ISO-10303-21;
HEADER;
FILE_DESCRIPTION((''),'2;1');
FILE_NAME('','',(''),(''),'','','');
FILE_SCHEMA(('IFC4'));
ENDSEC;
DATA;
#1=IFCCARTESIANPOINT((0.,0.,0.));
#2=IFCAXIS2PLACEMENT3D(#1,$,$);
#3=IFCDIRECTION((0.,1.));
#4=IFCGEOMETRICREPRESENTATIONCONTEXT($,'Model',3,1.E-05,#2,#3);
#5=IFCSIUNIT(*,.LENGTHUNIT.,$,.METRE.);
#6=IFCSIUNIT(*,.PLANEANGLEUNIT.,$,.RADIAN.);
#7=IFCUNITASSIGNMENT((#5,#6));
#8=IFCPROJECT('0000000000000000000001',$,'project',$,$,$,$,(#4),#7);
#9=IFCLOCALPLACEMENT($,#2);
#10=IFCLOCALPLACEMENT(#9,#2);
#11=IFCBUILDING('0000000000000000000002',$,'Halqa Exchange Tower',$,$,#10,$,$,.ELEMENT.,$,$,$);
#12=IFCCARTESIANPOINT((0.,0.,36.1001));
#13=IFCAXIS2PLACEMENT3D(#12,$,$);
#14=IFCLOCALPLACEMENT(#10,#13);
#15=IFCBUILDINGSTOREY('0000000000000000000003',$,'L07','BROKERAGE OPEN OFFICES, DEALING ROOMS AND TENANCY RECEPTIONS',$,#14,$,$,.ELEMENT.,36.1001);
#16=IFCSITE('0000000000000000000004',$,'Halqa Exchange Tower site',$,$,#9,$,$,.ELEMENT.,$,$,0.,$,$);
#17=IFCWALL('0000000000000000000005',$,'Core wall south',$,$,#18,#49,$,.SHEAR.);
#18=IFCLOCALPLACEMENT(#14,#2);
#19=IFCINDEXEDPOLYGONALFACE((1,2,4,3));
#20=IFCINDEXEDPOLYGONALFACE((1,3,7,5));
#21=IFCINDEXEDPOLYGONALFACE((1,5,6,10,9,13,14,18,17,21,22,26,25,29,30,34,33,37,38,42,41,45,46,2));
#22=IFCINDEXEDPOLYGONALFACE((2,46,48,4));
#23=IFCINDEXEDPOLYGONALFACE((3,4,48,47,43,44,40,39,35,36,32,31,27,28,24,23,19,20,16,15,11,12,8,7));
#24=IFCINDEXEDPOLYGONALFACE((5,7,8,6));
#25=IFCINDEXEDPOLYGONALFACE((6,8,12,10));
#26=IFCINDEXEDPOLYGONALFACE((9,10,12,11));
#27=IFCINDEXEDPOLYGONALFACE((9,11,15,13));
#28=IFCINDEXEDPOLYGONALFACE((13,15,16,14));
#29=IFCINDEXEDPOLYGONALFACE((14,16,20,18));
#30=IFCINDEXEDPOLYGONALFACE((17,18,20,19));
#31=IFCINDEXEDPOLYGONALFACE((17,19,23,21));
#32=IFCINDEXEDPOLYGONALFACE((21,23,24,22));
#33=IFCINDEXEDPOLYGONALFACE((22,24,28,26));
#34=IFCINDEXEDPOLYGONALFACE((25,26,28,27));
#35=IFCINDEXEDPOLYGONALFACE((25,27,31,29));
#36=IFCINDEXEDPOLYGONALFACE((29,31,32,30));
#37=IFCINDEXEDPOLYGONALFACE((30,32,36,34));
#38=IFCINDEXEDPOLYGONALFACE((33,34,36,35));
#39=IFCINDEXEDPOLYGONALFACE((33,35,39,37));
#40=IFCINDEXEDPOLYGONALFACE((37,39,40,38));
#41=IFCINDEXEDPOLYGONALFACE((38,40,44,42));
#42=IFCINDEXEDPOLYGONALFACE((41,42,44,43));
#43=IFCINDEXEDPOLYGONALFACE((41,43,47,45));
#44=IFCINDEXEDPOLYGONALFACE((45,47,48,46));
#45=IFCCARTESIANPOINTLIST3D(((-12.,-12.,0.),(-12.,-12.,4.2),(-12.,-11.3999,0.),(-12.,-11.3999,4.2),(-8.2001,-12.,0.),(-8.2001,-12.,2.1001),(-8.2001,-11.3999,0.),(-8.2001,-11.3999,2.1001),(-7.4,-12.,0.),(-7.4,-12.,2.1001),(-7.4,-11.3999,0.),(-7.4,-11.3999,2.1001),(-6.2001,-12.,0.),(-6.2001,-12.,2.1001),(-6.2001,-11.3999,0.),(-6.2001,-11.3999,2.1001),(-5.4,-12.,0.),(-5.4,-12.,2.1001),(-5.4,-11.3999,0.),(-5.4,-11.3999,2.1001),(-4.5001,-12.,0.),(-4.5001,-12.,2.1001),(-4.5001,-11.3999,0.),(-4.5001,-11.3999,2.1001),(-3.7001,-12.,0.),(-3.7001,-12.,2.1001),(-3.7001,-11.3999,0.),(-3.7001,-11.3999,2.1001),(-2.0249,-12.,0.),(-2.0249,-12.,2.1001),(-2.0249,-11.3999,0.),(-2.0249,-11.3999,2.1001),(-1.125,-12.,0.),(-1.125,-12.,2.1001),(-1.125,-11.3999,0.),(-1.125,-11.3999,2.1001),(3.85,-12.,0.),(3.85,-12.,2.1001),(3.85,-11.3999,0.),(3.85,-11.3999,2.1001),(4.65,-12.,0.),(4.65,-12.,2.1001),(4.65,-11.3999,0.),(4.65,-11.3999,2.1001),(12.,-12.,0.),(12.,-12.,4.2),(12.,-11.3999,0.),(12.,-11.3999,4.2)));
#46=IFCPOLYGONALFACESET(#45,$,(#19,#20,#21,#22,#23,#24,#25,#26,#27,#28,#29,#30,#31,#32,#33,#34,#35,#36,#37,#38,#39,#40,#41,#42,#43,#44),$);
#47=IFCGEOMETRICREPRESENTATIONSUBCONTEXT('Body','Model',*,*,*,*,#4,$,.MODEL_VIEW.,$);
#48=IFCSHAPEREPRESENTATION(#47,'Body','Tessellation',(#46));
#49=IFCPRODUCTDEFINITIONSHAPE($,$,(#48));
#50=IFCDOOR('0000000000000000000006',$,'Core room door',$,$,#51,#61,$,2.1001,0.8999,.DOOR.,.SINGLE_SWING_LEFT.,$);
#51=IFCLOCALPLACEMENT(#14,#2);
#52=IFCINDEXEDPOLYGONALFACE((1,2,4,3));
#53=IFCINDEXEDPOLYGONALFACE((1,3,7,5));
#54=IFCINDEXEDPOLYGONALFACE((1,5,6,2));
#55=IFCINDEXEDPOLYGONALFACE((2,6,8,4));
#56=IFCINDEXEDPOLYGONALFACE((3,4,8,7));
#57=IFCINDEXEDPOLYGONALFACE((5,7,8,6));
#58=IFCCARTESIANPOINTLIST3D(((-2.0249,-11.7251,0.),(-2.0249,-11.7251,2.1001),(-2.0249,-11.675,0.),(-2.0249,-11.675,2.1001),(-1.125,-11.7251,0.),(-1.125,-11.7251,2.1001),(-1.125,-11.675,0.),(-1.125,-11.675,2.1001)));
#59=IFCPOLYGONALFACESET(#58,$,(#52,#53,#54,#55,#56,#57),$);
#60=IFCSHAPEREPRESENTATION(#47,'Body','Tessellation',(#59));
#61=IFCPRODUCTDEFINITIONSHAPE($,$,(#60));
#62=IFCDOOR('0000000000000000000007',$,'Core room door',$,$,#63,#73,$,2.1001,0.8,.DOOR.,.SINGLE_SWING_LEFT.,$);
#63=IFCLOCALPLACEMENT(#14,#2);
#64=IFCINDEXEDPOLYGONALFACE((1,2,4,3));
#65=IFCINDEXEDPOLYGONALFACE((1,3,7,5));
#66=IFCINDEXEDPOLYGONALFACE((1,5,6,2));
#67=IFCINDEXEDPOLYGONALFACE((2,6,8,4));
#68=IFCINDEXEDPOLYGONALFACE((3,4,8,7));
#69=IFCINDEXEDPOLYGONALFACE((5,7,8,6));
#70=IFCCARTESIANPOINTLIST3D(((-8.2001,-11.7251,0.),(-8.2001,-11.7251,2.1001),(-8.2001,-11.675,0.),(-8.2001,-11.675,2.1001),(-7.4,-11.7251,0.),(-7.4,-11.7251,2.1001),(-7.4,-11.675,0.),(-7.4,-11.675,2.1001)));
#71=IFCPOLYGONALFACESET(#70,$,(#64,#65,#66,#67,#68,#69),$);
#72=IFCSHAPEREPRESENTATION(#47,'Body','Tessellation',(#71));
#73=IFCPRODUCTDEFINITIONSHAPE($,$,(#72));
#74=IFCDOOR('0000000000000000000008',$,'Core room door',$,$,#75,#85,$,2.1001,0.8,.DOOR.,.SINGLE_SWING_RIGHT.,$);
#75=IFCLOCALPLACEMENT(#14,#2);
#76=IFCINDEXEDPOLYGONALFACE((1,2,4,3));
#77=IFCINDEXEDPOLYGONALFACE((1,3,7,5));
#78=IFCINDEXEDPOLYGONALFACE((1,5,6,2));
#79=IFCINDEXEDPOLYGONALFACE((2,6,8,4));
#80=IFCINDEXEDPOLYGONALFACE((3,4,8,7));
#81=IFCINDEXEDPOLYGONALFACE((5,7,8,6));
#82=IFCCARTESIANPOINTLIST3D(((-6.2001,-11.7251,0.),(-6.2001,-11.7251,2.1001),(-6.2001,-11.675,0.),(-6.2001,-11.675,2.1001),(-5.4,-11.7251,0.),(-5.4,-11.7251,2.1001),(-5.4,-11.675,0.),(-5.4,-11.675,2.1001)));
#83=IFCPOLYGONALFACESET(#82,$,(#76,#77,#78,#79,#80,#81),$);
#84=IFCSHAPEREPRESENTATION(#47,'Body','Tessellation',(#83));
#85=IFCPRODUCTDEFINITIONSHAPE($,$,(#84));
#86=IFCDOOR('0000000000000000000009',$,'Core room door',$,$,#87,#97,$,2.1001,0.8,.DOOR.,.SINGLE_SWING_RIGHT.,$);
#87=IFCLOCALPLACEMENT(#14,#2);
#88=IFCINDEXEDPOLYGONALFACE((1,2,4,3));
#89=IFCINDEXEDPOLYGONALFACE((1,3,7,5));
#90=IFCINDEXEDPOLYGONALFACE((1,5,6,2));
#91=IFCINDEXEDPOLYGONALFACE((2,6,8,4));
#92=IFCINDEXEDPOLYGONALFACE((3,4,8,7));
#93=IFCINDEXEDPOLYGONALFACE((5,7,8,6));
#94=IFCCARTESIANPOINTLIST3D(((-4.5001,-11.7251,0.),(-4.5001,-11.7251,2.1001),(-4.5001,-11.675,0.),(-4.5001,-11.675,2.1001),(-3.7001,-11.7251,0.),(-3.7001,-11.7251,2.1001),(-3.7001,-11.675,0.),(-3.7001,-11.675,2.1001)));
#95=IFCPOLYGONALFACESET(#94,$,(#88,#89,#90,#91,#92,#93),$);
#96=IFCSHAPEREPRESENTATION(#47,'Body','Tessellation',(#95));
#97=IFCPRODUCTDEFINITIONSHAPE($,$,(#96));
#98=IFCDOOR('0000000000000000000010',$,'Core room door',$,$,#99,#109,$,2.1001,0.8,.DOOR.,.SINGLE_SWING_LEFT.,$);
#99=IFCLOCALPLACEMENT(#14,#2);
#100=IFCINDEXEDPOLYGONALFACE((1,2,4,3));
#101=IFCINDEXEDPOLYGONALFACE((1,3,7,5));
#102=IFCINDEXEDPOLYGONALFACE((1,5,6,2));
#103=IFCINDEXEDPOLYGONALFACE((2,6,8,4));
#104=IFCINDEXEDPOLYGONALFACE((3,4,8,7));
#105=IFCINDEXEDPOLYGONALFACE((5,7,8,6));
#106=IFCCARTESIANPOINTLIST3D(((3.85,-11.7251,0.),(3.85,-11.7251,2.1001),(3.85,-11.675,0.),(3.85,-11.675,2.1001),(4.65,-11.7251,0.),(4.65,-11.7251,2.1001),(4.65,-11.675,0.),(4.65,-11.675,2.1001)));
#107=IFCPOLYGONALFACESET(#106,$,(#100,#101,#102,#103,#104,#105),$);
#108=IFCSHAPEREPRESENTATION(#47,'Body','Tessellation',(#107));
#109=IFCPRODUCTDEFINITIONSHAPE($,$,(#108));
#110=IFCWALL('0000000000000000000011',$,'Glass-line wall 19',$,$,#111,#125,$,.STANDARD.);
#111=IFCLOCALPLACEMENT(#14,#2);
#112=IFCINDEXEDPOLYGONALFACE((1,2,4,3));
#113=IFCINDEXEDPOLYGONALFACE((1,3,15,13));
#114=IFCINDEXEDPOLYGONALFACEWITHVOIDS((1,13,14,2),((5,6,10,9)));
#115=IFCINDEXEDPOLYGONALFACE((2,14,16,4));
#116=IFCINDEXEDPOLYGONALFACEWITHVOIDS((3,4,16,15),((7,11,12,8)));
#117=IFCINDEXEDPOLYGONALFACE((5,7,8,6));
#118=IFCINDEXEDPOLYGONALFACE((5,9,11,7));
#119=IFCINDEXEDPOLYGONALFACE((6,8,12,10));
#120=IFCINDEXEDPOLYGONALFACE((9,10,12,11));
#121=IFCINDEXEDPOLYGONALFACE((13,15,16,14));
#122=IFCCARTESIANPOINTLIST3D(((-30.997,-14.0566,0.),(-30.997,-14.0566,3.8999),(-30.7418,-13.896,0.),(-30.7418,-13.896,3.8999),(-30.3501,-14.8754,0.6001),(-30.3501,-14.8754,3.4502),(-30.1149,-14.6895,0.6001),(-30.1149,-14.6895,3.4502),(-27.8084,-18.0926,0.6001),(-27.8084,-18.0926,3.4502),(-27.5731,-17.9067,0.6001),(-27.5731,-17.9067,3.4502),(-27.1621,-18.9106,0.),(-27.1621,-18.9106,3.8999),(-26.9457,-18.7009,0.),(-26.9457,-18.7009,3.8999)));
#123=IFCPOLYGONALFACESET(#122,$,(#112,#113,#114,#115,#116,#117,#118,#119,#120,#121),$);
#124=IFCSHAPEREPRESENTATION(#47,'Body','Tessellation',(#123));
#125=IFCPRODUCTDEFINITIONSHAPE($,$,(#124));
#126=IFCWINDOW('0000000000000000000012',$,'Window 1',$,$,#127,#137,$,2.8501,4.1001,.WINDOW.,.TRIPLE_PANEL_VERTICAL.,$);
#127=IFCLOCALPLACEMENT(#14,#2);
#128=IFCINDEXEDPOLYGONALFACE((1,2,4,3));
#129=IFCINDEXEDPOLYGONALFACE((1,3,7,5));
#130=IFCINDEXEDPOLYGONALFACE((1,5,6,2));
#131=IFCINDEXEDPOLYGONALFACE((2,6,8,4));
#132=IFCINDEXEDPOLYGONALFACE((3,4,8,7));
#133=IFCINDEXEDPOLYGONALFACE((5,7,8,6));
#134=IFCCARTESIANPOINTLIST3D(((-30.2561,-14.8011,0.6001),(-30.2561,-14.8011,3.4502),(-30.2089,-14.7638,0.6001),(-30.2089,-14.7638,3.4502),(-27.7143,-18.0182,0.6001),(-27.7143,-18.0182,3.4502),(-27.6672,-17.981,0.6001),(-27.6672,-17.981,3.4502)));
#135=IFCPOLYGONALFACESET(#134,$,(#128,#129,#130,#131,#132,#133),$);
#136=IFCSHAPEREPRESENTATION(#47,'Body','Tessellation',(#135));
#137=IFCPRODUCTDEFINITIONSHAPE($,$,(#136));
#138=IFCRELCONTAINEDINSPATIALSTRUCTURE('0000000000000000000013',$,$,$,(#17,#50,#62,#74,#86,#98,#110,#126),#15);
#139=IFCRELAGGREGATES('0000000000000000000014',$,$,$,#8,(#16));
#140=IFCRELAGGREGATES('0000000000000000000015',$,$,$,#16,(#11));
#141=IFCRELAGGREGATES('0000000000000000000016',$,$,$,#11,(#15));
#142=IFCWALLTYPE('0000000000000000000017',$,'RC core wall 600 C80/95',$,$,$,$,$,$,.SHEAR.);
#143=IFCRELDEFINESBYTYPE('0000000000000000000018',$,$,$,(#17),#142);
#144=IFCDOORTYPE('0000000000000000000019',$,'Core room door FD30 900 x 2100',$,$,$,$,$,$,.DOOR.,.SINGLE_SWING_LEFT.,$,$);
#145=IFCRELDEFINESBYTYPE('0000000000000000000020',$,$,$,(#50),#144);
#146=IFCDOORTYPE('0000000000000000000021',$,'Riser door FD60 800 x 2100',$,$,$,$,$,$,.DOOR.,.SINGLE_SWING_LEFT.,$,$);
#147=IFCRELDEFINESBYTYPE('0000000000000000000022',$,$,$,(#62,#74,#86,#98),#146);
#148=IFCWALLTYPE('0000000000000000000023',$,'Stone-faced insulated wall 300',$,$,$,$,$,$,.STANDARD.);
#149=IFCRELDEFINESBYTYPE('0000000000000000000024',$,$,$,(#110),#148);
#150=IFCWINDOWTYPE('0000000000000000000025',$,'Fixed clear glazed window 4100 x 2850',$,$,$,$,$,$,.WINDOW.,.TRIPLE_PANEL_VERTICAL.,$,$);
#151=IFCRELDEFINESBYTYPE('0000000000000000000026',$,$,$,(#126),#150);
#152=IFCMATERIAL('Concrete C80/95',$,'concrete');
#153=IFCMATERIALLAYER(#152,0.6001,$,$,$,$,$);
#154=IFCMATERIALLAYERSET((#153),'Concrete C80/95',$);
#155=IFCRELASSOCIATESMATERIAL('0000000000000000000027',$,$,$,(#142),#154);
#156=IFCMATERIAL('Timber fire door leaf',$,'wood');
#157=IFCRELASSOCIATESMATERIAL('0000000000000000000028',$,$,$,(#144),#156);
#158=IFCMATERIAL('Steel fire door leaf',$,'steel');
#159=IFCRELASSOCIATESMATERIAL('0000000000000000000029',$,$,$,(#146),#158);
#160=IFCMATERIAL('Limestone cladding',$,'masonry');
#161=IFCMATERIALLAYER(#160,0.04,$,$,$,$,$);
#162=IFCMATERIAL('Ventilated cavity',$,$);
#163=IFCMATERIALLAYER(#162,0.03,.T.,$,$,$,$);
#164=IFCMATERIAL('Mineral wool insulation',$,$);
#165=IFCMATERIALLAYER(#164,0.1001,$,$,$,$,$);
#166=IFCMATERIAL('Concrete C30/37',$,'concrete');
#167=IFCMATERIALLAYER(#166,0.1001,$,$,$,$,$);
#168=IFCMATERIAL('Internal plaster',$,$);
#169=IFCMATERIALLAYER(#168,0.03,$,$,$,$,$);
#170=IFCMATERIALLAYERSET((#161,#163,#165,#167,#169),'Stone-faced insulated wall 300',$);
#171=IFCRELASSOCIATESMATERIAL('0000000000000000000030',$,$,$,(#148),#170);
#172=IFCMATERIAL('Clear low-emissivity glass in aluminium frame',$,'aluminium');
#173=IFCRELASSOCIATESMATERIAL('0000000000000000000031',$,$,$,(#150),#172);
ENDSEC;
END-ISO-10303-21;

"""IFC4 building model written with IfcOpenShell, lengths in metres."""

from ifc_helpers import new_model, si_unit, direction, frame, frame_2d, origin, place, context, subcontext, project, spatial, polyline, rectangle, outline, extrude, material, layer, layer_set, type_object, element, fill, save


model = new_model("IFC4")

# Units and contexts
model_context = context("Model", 3, precision=1e-05, world=origin(), true_north=direction((0.0, 1.0)))
body_context = subcontext(model_context, "Body", "Model", "MODEL_VIEW")
ifc_project = project(units=[si_unit("LENGTHUNIT", "METRE"), si_unit("PLANEANGLEUNIT", "RADIAN")], contexts=[model_context])

# Site, building, storey
site_placement = place(None, origin())
site = spatial("IfcSite", under=ifc_project, at=site_placement, Name="Halqa Exchange Tower site", CompositionType="ELEMENT", RefElevation=0.0)
building_placement = place(site_placement, origin())
building = spatial("IfcBuilding", under=site, at=building_placement, Name="Halqa Exchange Tower", CompositionType="ELEMENT")
storey_placement = place(building_placement, frame((0.0, 0.0, 36.1001)))
storey = spatial("IfcBuildingStorey", under=building, at=storey_placement, Name="L07", Description="BROKERAGE OPEN OFFICES, DEALING ROOMS AND TENANCY RECEPTIONS", CompositionType="ELEMENT", Elevation=36.1001)

# Wall, openings, doors
ifc_material_1 = material(Name="Steel fire door leaf", Category="steel")
ifc_material_2 = material(Name="Concrete C80/95", Category="concrete")
ifc_layer_1 = layer(ifc_material_2, 0.6001)
ifc_layer_set_1 = layer_set([ifc_layer_1], Name="Concrete C80/95")
wall_type_1 = type_object("IfcWallType", Name="RC core wall 600 C80/95", PredefinedType="SHEAR", material=ifc_layer_set_1)
wall_1_placement = place(storey_placement, frame((-12.0, -11.7, 0.0), z_axis=(0.0, 0.0, 1.0), x_axis=(1.0, 0.0, 0.0)))
wall_1 = element("IfcWall", 1, at=wall_1_placement, inside=storey, type_object=wall_type_1, Name="Core wall south", PredefinedType="SHEAR", context=body_context, shape_type="SweptSolid", body=[
    extrude(rectangle(XDim=24.0, YDim=0.6001, at=frame_2d((12.0, 0.0))), origin(), (0.0, 0.0, 1.0), 4.2),
])
opening_1_placement = place(wall_1_placement, frame((9.9751, 0.0, 0.0)))
opening_1 = element("IfcOpeningElement", 2, at=opening_1_placement, cuts=wall_1, PredefinedType="OPENING", context=body_context, shape_type="SweptSolid", body=[
    extrude(rectangle(XDim=0.8999, YDim=2.1001, at=frame_2d((0.45, 1.05))), frame((0.0, 0.312, 0.0), z_axis=(0.0, -1.0, 0.0), x_axis=(1.0, 0.0, 0.0)), (0.0, 0.0, 1.0), 0.624),
])
opening_2_placement = place(wall_1_placement, frame((3.8, 0.0, 0.0)))
opening_2 = element("IfcOpeningElement", 3, at=opening_2_placement, cuts=wall_1, PredefinedType="OPENING", context=body_context, shape_type="SweptSolid", body=[
    extrude(rectangle(XDim=0.8, YDim=2.1001, at=frame_2d((0.3999, 1.05))), frame((0.0, 0.312, 0.0), z_axis=(0.0, -1.0, 0.0), x_axis=(1.0, 0.0, 0.0)), (0.0, 0.0, 1.0), 0.624),
])
opening_3_placement = place(wall_1_placement, frame((5.8, 0.0, 0.0)))
opening_3 = element("IfcOpeningElement", 4, at=opening_3_placement, cuts=wall_1, PredefinedType="OPENING", context=body_context, shape_type="SweptSolid", body=[
    extrude(rectangle(XDim=0.8, YDim=2.1001, at=frame_2d((0.3999, 1.05))), frame((0.0, 0.312, 0.0), z_axis=(0.0, -1.0, 0.0), x_axis=(1.0, 0.0, 0.0)), (0.0, 0.0, 1.0), 0.624),
])
opening_4_placement = place(wall_1_placement, frame((7.5, 0.0, 0.0)))
opening_4 = element("IfcOpeningElement", 5, at=opening_4_placement, cuts=wall_1, PredefinedType="OPENING", context=body_context, shape_type="SweptSolid", body=[
    extrude(rectangle(XDim=0.8, YDim=2.1001, at=frame_2d((0.3999, 1.05))), frame((0.0, 0.312, 0.0), z_axis=(0.0, -1.0, 0.0), x_axis=(1.0, 0.0, 0.0)), (0.0, 0.0, 1.0), 0.624),
])
opening_5_placement = place(wall_1_placement, frame((15.8501, 0.0, 0.0)))
opening_5 = element("IfcOpeningElement", 6, at=opening_5_placement, cuts=wall_1, PredefinedType="OPENING", context=body_context, shape_type="SweptSolid", body=[
    extrude(rectangle(XDim=0.8, YDim=2.1001, at=frame_2d((0.3999, 1.05))), frame((0.0, 0.312, 0.0), z_axis=(0.0, -1.0, 0.0), x_axis=(1.0, 0.0, 0.0)), (0.0, 0.0, 1.0), 0.624),
])
ifc_material_3 = material(Name="Timber fire door leaf", Category="wood")
door_type_1 = type_object("IfcDoorType", Name="Core room door FD30 900 x 2100", OperationType="SINGLE_SWING_LEFT", PredefinedType="DOOR", material=ifc_material_3)
door_1_placement = place(opening_1_placement, origin())
door_1 = element("IfcDoor", 7, at=door_1_placement, inside=storey, type_object=door_type_1, Name="Core room door", OperationType="SINGLE_SWING_LEFT", OverallHeight=2.1001, OverallWidth=0.8999, PredefinedType="DOOR", context=body_context, shape_type="SweptSolid", body=[
    extrude(rectangle(XDim=0.8999, YDim=2.1001, at=frame_2d((0.45, 1.05))), frame((0.0, 0.0249, 0.0), z_axis=(0.0, -1.0, 0.0), x_axis=(1.0, 0.0, 0.0)), (0.0, 0.0, 1.0), 0.05),
])
fill(opening_1, door_1)
door_type_2 = type_object("IfcDoorType", Name="Riser door FD60 800 x 2100", OperationType="SINGLE_SWING_LEFT", PredefinedType="DOOR", material=ifc_material_1)
door_2_placement = place(opening_2_placement, origin())
door_2 = element("IfcDoor", 8, at=door_2_placement, inside=storey, type_object=door_type_2, Name="Core room door", OperationType="SINGLE_SWING_LEFT", OverallHeight=2.1001, OverallWidth=0.8, PredefinedType="DOOR", context=body_context, shape_type="SweptSolid", body=[
    extrude(rectangle(XDim=0.8, YDim=2.1001, at=frame_2d((0.3999, 1.05))), frame((0.0, 0.0249, 0.0), z_axis=(0.0, -1.0, 0.0), x_axis=(1.0, 0.0, 0.0)), (0.0, 0.0, 1.0), 0.05),
])
fill(opening_2, door_2)
door_3_placement = place(opening_3_placement, origin())
door_3 = element("IfcDoor", 9, at=door_3_placement, inside=storey, type_object=door_type_2, Name="Core room door", OperationType="SINGLE_SWING_RIGHT", OverallHeight=2.1001, OverallWidth=0.8, PredefinedType="DOOR", context=body_context, shape_type="SweptSolid", body=[
    extrude(rectangle(XDim=0.8, YDim=2.1001, at=frame_2d((0.3999, 1.05))), frame((0.0, 0.0249, 0.0), z_axis=(0.0, -1.0, 0.0), x_axis=(1.0, 0.0, 0.0)), (0.0, 0.0, 1.0), 0.05),
])
fill(opening_3, door_3)
door_4_placement = place(opening_4_placement, origin())
door_4 = element("IfcDoor", 10, at=door_4_placement, inside=storey, type_object=door_type_2, Name="Core room door", OperationType="SINGLE_SWING_RIGHT", OverallHeight=2.1001, OverallWidth=0.8, PredefinedType="DOOR", context=body_context, shape_type="SweptSolid", body=[
    extrude(rectangle(XDim=0.8, YDim=2.1001, at=frame_2d((0.3999, 1.05))), frame((0.0, 0.0249, 0.0), z_axis=(0.0, -1.0, 0.0), x_axis=(1.0, 0.0, 0.0)), (0.0, 0.0, 1.0), 0.05),
])
fill(opening_4, door_4)
door_5_placement = place(opening_5_placement, origin())
door_5 = element("IfcDoor", 11, at=door_5_placement, inside=storey, type_object=door_type_2, Name="Core room door", OperationType="SINGLE_SWING_LEFT", OverallHeight=2.1001, OverallWidth=0.8, PredefinedType="DOOR", context=body_context, shape_type="SweptSolid", body=[
    extrude(rectangle(XDim=0.8, YDim=2.1001, at=frame_2d((0.3999, 1.05))), frame((0.0, 0.0249, 0.0), z_axis=(0.0, -1.0, 0.0), x_axis=(1.0, 0.0, 0.0)), (0.0, 0.0, 1.0), 0.05),
])
fill(opening_5, door_5)

# Wall, opening, window
ifc_material_4 = material(Name="Limestone cladding", Category="masonry")
ifc_layer_2 = layer(ifc_material_4, 0.04)
ifc_material_5 = material(Name="Ventilated cavity")
ifc_layer_3 = layer(ifc_material_5, 0.03, ventilated=True)
ifc_material_6 = material(Name="Mineral wool insulation")
ifc_layer_4 = layer(ifc_material_6, 0.1001)
ifc_material_7 = material(Name="Concrete C30/37", Category="concrete")
ifc_layer_5 = layer(ifc_material_7, 0.1001)
ifc_material_8 = material(Name="Internal plaster")
ifc_layer_6 = layer(ifc_material_8, 0.03)
ifc_layer_set_2 = layer_set([ifc_layer_2, ifc_layer_3, ifc_layer_4, ifc_layer_5, ifc_layer_6], Name="Stone-faced insulated wall 300")
wall_type_2 = type_object("IfcWallType", Name="Stone-faced insulated wall 300", PredefinedType="STANDARD", material=ifc_layer_set_2)
wall_2_placement = place(storey_placement, frame((-30.8694, -13.9763, 0.0), z_axis=(0.0, 0.0, 1.0), x_axis=(0.619923, -0.784662, 0.0)))
wall_2 = element("IfcWall", 12, at=wall_2_placement, inside=storey, type_object=wall_type_2, Name="Glass-line wall 19", PredefinedType="STANDARD", context=body_context, shape_type="SweptSolid", body=[
    extrude(outline(polyline([(-0.0161, -0.1499), (6.1699, -0.1499), (6.1396, 0.1499), (0.0161, 0.1499), (-0.0161, -0.1499)])), origin(), (0.0, 0.0, 1.0), 3.8999),
])
opening_6_placement = place(wall_2_placement, frame((1.0273, 0.0, 0.6001)))
opening_6 = element("IfcOpeningElement", 13, at=opening_6_placement, cuts=wall_2, PredefinedType="OPENING", context=body_context, shape_type="SweptSolid", body=[
    extrude(rectangle(XDim=4.1001, YDim=2.8501, at=frame_2d((2.05, 1.425))), frame((0.0, 0.1621, 0.0), z_axis=(0.0, -1.0, 0.0), x_axis=(1.0, 0.0, 0.0)), (0.0, 0.0, 1.0), 0.324),
])
ifc_material_9 = material(Name="Clear low-emissivity glass in aluminium frame", Category="aluminium")
window_type = type_object("IfcWindowType", Name="Fixed clear glazed window 4100 x 2850", PartitioningType="TRIPLE_PANEL_VERTICAL", PredefinedType="WINDOW", material=ifc_material_9)
window_placement = place(opening_6_placement, origin())
window = element("IfcWindow", 14, at=window_placement, inside=storey, type_object=window_type, Name="Window 1", OverallHeight=2.8501, OverallWidth=4.1001, PartitioningType="TRIPLE_PANEL_VERTICAL", PredefinedType="WINDOW", context=body_context, shape_type="SweptSolid", body=[
    extrude(rectangle(XDim=4.1001, YDim=2.8501, at=frame_2d((2.05, 1.425))), frame((0.0, 0.03, 0.0), z_axis=(0.0, -1.0, 0.0), x_axis=(1.0, 0.0, 0.0)), (0.0, 0.0, 1.0), 0.0601),
])
fill(opening_6, window)

save(model, "model.ifc")
